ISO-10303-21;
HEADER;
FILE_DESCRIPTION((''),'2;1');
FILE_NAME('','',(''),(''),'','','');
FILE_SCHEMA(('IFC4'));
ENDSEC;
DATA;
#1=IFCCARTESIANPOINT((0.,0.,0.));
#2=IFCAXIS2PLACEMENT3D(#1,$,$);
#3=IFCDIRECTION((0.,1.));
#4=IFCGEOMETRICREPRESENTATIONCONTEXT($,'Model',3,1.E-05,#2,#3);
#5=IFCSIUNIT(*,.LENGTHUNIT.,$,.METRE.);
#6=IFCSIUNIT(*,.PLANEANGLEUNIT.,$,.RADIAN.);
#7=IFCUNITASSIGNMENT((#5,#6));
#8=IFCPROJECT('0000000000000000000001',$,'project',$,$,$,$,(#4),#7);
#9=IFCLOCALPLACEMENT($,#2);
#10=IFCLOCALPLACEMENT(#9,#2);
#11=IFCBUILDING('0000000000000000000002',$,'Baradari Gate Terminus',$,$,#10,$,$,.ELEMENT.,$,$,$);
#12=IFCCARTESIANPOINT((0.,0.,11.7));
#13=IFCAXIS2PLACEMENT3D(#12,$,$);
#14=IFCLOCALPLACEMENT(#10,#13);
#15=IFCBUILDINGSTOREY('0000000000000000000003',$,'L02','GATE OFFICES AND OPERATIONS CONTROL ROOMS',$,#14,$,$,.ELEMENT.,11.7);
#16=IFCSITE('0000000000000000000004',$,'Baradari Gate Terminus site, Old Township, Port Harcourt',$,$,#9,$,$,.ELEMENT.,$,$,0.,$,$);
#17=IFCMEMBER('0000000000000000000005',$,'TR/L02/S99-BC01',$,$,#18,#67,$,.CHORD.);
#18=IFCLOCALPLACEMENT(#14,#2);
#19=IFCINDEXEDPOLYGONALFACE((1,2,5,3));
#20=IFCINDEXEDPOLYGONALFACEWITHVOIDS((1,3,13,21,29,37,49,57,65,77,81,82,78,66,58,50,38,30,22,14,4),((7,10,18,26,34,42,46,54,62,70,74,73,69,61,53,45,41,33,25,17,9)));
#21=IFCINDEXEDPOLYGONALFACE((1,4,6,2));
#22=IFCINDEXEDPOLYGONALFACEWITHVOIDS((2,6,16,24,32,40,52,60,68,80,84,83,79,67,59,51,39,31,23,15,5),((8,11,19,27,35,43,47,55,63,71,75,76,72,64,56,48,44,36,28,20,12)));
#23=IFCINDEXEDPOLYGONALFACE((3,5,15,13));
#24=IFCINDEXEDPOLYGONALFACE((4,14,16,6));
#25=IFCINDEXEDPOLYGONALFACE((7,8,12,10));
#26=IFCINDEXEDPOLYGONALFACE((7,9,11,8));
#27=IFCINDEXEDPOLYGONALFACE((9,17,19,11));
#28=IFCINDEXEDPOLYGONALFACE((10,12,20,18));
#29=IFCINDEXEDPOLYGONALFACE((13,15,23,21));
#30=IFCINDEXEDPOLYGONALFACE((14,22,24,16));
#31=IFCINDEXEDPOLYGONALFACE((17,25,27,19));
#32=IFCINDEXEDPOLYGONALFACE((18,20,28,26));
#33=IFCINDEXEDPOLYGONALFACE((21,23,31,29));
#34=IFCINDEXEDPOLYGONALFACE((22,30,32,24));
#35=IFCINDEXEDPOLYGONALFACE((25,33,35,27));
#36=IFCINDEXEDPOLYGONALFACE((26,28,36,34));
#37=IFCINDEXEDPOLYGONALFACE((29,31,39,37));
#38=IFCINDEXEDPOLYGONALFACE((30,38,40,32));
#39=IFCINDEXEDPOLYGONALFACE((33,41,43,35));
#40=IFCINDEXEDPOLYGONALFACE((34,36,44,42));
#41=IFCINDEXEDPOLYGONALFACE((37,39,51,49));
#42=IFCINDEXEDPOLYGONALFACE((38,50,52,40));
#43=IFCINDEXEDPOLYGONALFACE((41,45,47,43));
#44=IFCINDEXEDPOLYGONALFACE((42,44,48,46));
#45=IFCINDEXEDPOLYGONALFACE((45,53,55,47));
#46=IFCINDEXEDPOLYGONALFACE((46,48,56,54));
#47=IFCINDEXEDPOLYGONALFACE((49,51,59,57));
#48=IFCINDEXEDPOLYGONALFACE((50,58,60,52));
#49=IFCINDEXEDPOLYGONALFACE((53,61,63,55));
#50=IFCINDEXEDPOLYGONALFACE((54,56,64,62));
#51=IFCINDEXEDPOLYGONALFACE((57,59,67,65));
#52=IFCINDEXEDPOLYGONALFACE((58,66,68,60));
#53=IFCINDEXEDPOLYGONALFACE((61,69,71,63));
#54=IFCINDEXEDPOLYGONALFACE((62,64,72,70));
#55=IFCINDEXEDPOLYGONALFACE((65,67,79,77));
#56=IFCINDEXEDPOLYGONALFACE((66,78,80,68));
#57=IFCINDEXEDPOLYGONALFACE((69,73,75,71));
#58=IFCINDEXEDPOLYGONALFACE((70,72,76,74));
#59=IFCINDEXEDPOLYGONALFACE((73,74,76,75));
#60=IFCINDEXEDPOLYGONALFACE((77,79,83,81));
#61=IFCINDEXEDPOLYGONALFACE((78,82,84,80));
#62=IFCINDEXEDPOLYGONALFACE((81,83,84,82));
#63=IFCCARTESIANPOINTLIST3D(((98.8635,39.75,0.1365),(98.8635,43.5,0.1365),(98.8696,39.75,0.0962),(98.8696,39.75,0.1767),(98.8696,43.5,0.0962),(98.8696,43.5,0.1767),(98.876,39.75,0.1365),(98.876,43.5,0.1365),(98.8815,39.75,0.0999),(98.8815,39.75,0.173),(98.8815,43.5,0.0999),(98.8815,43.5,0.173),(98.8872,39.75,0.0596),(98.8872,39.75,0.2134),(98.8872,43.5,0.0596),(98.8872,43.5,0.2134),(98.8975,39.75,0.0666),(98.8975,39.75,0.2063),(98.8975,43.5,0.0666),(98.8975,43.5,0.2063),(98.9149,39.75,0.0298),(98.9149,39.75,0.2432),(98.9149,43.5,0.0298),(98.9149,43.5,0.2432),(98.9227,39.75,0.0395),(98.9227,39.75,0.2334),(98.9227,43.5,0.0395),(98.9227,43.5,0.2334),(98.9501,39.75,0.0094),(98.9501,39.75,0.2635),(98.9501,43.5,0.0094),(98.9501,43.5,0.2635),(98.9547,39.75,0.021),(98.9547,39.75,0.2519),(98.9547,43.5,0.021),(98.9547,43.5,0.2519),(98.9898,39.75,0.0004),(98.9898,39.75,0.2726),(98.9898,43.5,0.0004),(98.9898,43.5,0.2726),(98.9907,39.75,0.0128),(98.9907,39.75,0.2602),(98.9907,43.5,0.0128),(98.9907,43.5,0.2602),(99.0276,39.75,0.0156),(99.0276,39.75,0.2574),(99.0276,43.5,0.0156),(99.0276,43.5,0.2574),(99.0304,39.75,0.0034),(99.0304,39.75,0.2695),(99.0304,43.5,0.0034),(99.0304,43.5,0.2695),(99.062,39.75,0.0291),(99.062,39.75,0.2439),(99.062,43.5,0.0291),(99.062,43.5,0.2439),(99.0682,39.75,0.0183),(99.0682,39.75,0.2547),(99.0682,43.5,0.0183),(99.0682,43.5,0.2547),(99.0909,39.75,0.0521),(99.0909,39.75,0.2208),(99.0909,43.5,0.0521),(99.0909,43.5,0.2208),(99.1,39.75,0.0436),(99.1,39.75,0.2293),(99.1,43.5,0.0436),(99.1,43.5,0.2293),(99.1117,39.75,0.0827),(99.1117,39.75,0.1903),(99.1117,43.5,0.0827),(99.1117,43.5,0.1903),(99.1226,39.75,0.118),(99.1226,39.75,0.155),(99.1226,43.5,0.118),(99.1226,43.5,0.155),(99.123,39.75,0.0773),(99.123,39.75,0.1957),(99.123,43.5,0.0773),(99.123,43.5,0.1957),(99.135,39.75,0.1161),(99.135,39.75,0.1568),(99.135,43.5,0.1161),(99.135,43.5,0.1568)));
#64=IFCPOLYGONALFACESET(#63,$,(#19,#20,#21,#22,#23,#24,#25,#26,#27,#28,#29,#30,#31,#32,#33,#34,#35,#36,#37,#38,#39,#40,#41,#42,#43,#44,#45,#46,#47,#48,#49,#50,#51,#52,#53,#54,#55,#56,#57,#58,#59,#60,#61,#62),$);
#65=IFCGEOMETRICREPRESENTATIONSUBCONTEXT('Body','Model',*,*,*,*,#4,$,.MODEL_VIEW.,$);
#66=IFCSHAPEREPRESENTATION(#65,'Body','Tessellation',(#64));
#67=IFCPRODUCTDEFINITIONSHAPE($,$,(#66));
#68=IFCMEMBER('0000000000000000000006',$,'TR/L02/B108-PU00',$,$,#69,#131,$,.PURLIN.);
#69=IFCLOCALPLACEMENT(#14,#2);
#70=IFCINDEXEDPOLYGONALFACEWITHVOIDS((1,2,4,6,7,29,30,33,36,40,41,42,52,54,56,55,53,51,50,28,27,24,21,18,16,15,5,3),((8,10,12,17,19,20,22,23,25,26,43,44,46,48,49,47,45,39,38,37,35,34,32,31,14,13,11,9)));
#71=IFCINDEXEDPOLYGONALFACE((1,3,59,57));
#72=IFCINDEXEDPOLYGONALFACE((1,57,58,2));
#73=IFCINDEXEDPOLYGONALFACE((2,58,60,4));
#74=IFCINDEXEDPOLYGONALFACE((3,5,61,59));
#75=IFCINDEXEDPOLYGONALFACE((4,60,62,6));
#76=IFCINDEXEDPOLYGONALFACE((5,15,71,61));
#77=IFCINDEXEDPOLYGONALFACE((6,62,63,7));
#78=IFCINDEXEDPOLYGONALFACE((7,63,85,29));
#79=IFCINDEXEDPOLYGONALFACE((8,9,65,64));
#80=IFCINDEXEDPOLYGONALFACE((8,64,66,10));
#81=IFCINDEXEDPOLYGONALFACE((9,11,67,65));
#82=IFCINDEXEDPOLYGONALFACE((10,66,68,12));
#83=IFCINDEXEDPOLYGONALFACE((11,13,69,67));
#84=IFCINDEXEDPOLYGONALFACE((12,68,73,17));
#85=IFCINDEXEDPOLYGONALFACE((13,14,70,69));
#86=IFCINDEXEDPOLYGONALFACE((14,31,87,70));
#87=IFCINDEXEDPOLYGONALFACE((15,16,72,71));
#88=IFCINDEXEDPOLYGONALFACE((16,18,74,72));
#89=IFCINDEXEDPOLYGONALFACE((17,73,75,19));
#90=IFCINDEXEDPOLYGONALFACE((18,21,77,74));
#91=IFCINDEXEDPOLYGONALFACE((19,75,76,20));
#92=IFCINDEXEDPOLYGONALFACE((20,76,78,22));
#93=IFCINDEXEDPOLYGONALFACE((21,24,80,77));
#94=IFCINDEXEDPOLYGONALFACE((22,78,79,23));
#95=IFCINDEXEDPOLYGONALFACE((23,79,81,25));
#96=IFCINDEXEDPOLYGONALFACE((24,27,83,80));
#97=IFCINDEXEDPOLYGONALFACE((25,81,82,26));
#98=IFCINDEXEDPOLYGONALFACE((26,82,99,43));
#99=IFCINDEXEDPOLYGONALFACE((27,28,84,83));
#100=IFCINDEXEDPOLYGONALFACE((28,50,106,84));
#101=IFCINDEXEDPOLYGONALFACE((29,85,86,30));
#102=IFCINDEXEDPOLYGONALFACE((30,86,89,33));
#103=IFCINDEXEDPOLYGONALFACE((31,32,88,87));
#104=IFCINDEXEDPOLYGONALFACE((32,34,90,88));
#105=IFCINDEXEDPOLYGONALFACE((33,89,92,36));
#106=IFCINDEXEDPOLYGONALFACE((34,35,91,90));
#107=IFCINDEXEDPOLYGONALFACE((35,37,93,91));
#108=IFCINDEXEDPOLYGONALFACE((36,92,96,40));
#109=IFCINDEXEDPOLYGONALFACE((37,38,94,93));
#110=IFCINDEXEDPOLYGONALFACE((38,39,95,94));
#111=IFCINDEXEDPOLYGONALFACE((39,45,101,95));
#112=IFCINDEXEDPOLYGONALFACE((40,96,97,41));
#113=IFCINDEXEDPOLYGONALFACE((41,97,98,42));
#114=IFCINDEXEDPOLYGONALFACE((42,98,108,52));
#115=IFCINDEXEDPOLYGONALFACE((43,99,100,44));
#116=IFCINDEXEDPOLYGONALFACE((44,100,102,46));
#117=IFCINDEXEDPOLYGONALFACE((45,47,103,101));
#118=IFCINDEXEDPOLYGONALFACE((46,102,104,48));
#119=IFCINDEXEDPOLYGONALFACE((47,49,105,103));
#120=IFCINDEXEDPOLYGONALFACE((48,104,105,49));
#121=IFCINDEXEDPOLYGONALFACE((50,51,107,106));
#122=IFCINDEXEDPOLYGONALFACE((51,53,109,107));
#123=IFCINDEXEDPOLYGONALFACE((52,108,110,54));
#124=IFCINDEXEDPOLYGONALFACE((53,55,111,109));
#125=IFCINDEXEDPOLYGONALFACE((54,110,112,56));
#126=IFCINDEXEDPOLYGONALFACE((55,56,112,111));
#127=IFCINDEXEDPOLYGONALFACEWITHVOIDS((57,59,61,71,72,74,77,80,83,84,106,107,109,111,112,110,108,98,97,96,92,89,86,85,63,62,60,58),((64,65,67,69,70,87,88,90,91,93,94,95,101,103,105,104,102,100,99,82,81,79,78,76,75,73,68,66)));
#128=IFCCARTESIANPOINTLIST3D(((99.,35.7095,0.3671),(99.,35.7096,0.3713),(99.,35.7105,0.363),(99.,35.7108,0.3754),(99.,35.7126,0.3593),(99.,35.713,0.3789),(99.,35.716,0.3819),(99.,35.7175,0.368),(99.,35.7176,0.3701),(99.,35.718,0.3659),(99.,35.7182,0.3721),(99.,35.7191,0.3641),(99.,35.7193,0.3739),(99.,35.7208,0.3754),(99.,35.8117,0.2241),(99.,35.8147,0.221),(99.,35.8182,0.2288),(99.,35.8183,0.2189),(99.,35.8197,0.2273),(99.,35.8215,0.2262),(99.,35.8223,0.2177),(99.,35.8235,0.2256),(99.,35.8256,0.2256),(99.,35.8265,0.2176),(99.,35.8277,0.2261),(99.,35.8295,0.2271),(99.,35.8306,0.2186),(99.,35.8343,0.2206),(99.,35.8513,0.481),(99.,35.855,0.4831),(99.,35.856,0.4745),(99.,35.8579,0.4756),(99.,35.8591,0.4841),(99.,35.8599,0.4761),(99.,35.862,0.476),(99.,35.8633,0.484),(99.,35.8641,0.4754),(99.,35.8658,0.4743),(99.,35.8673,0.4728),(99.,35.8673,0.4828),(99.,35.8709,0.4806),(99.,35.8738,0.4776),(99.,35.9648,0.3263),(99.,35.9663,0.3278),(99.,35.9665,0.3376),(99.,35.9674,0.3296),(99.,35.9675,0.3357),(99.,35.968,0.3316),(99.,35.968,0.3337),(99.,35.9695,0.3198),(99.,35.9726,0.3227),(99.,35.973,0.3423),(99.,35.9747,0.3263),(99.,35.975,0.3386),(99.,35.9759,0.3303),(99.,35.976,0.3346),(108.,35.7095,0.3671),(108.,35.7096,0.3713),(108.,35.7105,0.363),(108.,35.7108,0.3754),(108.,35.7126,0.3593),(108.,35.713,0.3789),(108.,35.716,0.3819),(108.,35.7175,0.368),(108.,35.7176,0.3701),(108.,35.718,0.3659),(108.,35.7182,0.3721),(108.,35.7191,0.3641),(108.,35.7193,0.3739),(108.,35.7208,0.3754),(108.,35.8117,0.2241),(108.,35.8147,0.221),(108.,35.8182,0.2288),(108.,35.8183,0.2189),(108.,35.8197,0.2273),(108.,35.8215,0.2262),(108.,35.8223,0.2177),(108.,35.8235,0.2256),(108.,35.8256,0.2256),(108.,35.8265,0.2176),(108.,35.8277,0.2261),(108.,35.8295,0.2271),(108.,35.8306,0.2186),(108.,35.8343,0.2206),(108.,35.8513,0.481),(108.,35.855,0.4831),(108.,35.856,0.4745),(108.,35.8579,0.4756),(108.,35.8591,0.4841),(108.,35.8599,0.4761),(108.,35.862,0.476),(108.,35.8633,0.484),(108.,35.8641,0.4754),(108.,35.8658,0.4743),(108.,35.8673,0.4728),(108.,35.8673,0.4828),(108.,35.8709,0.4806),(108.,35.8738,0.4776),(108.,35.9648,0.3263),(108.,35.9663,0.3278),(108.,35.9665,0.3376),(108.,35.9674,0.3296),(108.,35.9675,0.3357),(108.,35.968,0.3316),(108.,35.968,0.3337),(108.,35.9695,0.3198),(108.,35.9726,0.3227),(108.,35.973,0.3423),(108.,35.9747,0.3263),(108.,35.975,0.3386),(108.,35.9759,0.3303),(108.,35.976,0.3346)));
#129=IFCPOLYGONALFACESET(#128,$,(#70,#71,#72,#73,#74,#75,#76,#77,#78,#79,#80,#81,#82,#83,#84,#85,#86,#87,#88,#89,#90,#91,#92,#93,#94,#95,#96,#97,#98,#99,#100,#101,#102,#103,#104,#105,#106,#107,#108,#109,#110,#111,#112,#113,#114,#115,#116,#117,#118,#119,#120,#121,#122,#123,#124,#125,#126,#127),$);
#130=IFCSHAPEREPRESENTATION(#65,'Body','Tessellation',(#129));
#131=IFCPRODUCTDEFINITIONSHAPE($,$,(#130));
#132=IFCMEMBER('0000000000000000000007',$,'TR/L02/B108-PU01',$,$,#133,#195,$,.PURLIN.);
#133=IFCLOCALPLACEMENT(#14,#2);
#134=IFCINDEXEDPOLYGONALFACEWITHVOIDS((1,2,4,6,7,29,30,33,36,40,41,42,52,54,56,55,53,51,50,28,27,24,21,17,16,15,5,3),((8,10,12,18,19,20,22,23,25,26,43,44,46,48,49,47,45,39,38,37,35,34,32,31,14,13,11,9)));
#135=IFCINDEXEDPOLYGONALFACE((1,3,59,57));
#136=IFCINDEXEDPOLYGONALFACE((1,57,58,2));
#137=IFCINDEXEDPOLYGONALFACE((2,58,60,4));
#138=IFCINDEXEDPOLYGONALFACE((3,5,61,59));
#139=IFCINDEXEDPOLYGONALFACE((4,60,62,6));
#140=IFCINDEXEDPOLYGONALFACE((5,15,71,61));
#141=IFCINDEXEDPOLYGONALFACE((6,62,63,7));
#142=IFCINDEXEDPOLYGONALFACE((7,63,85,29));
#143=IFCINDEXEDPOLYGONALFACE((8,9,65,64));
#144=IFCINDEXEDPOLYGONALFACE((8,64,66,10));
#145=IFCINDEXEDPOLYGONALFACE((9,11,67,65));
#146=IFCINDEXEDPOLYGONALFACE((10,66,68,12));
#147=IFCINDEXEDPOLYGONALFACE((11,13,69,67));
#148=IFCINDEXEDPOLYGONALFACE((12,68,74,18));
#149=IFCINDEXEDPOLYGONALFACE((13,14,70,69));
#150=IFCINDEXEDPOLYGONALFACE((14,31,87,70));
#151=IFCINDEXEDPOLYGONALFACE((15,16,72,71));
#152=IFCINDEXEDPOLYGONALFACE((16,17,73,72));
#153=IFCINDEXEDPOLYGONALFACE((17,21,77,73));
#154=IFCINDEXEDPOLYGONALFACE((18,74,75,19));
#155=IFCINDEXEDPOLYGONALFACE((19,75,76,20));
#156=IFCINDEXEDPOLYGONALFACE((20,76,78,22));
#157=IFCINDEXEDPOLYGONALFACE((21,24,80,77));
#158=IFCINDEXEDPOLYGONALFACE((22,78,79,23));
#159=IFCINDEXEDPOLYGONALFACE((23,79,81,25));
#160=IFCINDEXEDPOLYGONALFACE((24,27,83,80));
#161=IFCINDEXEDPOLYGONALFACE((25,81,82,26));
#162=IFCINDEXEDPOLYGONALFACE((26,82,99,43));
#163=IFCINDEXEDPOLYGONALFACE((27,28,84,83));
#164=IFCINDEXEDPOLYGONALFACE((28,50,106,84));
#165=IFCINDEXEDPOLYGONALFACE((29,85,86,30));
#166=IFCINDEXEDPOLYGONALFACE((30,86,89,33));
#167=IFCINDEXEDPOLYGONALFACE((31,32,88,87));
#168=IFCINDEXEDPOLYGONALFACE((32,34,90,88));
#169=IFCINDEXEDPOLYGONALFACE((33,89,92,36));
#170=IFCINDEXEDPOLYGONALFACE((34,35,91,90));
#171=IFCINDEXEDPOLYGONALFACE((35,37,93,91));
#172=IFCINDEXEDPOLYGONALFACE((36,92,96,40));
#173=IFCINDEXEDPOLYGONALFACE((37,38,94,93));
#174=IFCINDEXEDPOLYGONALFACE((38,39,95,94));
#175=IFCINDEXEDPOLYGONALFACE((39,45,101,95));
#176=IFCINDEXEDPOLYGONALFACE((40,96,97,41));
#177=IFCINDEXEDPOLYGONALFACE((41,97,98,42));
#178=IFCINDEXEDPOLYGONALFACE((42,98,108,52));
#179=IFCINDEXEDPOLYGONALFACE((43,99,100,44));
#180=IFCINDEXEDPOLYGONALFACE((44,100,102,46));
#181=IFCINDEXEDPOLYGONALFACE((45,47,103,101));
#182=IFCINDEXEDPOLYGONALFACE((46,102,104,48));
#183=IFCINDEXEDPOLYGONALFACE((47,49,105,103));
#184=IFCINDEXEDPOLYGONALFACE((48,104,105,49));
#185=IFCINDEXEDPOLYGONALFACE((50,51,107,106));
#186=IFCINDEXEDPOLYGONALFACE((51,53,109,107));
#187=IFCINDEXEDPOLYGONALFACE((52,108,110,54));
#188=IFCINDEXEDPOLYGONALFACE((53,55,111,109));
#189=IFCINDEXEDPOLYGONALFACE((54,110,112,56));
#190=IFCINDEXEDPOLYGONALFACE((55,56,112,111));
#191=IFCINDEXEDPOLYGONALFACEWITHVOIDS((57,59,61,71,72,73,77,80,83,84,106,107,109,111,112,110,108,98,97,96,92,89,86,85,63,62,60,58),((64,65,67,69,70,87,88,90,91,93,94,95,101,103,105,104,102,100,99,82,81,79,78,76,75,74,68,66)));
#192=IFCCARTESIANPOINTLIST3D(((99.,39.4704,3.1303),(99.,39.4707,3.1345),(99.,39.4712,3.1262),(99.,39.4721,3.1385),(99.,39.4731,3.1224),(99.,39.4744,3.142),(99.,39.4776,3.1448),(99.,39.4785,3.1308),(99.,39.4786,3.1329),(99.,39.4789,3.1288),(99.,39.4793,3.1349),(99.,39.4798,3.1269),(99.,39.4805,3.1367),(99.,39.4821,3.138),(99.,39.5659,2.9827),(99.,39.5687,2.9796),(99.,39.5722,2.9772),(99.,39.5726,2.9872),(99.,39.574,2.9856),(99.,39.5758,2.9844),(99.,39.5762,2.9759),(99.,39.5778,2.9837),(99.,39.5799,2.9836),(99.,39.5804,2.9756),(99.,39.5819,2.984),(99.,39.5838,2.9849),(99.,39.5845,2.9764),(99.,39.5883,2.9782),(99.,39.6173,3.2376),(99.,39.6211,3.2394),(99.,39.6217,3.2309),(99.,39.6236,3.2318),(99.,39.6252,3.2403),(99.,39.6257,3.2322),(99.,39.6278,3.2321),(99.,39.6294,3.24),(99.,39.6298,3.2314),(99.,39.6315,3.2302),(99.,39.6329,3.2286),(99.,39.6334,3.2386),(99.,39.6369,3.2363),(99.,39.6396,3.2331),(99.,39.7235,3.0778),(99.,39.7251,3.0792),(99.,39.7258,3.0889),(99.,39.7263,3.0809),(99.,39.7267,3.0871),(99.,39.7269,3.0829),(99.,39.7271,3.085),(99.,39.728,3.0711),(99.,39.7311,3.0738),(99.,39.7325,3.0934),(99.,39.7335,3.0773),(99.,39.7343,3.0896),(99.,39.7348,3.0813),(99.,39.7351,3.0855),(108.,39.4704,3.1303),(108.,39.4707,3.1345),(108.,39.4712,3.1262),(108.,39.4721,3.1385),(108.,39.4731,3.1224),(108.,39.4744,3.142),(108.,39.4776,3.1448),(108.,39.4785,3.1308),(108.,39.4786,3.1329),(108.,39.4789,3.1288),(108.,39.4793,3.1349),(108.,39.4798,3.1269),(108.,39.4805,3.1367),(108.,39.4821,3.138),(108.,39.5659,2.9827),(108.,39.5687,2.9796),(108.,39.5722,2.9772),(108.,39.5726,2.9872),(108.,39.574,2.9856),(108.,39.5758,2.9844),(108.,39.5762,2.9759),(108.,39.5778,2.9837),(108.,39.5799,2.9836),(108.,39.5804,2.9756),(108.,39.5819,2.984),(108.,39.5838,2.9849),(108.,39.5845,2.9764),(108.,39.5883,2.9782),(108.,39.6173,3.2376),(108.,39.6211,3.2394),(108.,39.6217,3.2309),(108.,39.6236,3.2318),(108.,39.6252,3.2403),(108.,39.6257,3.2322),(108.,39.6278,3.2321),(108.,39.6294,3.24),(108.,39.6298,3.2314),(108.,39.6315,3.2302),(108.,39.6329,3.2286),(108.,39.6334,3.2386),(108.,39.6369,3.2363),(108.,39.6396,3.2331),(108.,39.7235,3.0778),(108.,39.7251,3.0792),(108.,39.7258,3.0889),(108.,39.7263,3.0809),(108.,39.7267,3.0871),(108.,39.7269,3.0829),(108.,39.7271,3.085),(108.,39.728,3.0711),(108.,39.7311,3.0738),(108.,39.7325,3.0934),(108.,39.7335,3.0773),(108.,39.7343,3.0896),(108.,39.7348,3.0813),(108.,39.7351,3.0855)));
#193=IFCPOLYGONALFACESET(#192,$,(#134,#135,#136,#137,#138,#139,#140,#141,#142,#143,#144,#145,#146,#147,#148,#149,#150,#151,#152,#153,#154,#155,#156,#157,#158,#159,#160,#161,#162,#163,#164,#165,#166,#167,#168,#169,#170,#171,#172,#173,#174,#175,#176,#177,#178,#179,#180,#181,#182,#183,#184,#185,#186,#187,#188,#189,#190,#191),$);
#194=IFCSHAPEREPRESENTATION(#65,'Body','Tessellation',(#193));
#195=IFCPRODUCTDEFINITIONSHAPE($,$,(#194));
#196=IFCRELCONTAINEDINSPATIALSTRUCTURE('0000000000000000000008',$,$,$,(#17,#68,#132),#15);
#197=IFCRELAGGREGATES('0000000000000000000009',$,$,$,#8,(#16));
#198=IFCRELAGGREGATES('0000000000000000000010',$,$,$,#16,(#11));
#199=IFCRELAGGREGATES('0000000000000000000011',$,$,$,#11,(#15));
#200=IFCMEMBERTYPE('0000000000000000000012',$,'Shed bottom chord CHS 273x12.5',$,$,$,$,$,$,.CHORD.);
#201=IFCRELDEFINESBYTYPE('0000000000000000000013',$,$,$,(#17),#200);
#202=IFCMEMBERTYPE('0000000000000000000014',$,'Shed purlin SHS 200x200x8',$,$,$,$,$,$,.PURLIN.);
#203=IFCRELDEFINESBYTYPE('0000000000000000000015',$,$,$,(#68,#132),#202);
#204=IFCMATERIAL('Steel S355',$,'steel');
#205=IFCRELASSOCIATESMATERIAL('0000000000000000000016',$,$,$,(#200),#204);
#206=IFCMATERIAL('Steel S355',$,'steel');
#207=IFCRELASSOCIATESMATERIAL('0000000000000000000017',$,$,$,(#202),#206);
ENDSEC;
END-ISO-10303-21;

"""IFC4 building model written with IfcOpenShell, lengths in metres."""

from ifc_helpers import new_model, si_unit, direction, frame, origin, origin_2d, place, context, subcontext, project, spatial, hollow_rectangle, hollow_circle, extrude, material, material_profile, profile_set, type_object, element, save


model = new_model("IFC4")

# Units and contexts
model_context = context("Model", 3, precision=1e-05, world=origin(), true_north=direction((0.0, 1.0)))
body_context = subcontext(model_context, "Body", "Model", "MODEL_VIEW")
ifc_project = project(units=[si_unit("LENGTHUNIT", "METRE"), si_unit("PLANEANGLEUNIT", "RADIAN")], contexts=[model_context])

# Site, building, storey
site_placement = place(None, origin())
site = spatial("IfcSite", under=ifc_project, at=site_placement, Name="Baradari Gate Terminus site, Old Township, Port Harcourt", CompositionType="ELEMENT", RefElevation=0.0)
building_placement = place(site_placement, origin())
building = spatial("IfcBuilding", under=site, at=building_placement, Name="Baradari Gate Terminus", CompositionType="ELEMENT")
storey_placement = place(building_placement, frame((0.0, 0.0, 11.7)))
storey = spatial("IfcBuildingStorey", under=building, at=storey_placement, Name="L02", Description="GATE OFFICES AND OPERATIONS CONTROL ROOMS", CompositionType="ELEMENT", Elevation=11.7)

# Members
ifc_material_1 = material(Name="Steel S355", Category="steel")
ifc_material_profile_1 = material_profile(ifc_material_1, hollow_circle(Radius=0.1365, WallThickness=0.0125, at=origin_2d()), Name="CHS 273x12.5")
ifc_profile_set_1 = profile_set([ifc_material_profile_1], Name="Steel S355")
member_type_1 = type_object("IfcMemberType", Name="Shed bottom chord CHS 273x12.5", PredefinedType="CHORD", material=ifc_profile_set_1)
for number, where, z_axis, x_axis, name in (
    (1, (99.0, 39.75, 0.1365), (0.0, 1.0, 0.0), (-1.0, 0.0, 0.0), "TR/L02/S99-BC01"),
):
    element("IfcMember", number, at=place(storey_placement, frame(where, z_axis=z_axis, x_axis=x_axis)), inside=storey, type_object=member_type_1, Name=name, PredefinedType="CHORD", context=body_context, shape_type="SweptSolid", body=[
        extrude(hollow_circle(Radius=0.1365, WallThickness=0.0125, at=origin_2d()), origin(), (0.0, 0.0, 1.0), 3.75),
    ])
ifc_material_2 = material(Name="Steel S355", Category="steel")
ifc_material_profile_2 = material_profile(ifc_material_2, hollow_rectangle(XDim=0.2, YDim=0.2, WallThickness=0.0081, InnerFilletRadius=0.0081, OuterFilletRadius=0.0161, at=origin_2d()), Name="SHS 200x200x8")
ifc_profile_set_2 = profile_set([ifc_material_profile_2], Name="Steel S355")
member_type_2 = type_object("IfcMemberType", Name="Shed purlin SHS 200x200x8", PredefinedType="PURLIN", material=ifc_profile_set_2)
for number, where, z_axis, x_axis, name in (
    (2, (99.0, 35.8428, 0.3508), (1.0, 0.0, 0.0), (0.0, 0.806405, 0.591364), "TR/L02/B108-PU00"),
    (3, (99.0, 39.6028, 3.1079), (1.0, 0.0, 0.0), (0.0, 0.832836, 0.553519), "TR/L02/B108-PU01"),
):
    element("IfcMember", number, at=place(storey_placement, frame(where, z_axis=z_axis, x_axis=x_axis)), inside=storey, type_object=member_type_2, Name=name, PredefinedType="PURLIN", context=body_context, shape_type="SweptSolid", body=[
        extrude(hollow_rectangle(XDim=0.2, YDim=0.2, WallThickness=0.0081, InnerFilletRadius=0.0081, OuterFilletRadius=0.0161, at=origin_2d()), origin(), (0.0, 0.0, 1.0), 9.0),
    ])

save(model, "model.ifc")
